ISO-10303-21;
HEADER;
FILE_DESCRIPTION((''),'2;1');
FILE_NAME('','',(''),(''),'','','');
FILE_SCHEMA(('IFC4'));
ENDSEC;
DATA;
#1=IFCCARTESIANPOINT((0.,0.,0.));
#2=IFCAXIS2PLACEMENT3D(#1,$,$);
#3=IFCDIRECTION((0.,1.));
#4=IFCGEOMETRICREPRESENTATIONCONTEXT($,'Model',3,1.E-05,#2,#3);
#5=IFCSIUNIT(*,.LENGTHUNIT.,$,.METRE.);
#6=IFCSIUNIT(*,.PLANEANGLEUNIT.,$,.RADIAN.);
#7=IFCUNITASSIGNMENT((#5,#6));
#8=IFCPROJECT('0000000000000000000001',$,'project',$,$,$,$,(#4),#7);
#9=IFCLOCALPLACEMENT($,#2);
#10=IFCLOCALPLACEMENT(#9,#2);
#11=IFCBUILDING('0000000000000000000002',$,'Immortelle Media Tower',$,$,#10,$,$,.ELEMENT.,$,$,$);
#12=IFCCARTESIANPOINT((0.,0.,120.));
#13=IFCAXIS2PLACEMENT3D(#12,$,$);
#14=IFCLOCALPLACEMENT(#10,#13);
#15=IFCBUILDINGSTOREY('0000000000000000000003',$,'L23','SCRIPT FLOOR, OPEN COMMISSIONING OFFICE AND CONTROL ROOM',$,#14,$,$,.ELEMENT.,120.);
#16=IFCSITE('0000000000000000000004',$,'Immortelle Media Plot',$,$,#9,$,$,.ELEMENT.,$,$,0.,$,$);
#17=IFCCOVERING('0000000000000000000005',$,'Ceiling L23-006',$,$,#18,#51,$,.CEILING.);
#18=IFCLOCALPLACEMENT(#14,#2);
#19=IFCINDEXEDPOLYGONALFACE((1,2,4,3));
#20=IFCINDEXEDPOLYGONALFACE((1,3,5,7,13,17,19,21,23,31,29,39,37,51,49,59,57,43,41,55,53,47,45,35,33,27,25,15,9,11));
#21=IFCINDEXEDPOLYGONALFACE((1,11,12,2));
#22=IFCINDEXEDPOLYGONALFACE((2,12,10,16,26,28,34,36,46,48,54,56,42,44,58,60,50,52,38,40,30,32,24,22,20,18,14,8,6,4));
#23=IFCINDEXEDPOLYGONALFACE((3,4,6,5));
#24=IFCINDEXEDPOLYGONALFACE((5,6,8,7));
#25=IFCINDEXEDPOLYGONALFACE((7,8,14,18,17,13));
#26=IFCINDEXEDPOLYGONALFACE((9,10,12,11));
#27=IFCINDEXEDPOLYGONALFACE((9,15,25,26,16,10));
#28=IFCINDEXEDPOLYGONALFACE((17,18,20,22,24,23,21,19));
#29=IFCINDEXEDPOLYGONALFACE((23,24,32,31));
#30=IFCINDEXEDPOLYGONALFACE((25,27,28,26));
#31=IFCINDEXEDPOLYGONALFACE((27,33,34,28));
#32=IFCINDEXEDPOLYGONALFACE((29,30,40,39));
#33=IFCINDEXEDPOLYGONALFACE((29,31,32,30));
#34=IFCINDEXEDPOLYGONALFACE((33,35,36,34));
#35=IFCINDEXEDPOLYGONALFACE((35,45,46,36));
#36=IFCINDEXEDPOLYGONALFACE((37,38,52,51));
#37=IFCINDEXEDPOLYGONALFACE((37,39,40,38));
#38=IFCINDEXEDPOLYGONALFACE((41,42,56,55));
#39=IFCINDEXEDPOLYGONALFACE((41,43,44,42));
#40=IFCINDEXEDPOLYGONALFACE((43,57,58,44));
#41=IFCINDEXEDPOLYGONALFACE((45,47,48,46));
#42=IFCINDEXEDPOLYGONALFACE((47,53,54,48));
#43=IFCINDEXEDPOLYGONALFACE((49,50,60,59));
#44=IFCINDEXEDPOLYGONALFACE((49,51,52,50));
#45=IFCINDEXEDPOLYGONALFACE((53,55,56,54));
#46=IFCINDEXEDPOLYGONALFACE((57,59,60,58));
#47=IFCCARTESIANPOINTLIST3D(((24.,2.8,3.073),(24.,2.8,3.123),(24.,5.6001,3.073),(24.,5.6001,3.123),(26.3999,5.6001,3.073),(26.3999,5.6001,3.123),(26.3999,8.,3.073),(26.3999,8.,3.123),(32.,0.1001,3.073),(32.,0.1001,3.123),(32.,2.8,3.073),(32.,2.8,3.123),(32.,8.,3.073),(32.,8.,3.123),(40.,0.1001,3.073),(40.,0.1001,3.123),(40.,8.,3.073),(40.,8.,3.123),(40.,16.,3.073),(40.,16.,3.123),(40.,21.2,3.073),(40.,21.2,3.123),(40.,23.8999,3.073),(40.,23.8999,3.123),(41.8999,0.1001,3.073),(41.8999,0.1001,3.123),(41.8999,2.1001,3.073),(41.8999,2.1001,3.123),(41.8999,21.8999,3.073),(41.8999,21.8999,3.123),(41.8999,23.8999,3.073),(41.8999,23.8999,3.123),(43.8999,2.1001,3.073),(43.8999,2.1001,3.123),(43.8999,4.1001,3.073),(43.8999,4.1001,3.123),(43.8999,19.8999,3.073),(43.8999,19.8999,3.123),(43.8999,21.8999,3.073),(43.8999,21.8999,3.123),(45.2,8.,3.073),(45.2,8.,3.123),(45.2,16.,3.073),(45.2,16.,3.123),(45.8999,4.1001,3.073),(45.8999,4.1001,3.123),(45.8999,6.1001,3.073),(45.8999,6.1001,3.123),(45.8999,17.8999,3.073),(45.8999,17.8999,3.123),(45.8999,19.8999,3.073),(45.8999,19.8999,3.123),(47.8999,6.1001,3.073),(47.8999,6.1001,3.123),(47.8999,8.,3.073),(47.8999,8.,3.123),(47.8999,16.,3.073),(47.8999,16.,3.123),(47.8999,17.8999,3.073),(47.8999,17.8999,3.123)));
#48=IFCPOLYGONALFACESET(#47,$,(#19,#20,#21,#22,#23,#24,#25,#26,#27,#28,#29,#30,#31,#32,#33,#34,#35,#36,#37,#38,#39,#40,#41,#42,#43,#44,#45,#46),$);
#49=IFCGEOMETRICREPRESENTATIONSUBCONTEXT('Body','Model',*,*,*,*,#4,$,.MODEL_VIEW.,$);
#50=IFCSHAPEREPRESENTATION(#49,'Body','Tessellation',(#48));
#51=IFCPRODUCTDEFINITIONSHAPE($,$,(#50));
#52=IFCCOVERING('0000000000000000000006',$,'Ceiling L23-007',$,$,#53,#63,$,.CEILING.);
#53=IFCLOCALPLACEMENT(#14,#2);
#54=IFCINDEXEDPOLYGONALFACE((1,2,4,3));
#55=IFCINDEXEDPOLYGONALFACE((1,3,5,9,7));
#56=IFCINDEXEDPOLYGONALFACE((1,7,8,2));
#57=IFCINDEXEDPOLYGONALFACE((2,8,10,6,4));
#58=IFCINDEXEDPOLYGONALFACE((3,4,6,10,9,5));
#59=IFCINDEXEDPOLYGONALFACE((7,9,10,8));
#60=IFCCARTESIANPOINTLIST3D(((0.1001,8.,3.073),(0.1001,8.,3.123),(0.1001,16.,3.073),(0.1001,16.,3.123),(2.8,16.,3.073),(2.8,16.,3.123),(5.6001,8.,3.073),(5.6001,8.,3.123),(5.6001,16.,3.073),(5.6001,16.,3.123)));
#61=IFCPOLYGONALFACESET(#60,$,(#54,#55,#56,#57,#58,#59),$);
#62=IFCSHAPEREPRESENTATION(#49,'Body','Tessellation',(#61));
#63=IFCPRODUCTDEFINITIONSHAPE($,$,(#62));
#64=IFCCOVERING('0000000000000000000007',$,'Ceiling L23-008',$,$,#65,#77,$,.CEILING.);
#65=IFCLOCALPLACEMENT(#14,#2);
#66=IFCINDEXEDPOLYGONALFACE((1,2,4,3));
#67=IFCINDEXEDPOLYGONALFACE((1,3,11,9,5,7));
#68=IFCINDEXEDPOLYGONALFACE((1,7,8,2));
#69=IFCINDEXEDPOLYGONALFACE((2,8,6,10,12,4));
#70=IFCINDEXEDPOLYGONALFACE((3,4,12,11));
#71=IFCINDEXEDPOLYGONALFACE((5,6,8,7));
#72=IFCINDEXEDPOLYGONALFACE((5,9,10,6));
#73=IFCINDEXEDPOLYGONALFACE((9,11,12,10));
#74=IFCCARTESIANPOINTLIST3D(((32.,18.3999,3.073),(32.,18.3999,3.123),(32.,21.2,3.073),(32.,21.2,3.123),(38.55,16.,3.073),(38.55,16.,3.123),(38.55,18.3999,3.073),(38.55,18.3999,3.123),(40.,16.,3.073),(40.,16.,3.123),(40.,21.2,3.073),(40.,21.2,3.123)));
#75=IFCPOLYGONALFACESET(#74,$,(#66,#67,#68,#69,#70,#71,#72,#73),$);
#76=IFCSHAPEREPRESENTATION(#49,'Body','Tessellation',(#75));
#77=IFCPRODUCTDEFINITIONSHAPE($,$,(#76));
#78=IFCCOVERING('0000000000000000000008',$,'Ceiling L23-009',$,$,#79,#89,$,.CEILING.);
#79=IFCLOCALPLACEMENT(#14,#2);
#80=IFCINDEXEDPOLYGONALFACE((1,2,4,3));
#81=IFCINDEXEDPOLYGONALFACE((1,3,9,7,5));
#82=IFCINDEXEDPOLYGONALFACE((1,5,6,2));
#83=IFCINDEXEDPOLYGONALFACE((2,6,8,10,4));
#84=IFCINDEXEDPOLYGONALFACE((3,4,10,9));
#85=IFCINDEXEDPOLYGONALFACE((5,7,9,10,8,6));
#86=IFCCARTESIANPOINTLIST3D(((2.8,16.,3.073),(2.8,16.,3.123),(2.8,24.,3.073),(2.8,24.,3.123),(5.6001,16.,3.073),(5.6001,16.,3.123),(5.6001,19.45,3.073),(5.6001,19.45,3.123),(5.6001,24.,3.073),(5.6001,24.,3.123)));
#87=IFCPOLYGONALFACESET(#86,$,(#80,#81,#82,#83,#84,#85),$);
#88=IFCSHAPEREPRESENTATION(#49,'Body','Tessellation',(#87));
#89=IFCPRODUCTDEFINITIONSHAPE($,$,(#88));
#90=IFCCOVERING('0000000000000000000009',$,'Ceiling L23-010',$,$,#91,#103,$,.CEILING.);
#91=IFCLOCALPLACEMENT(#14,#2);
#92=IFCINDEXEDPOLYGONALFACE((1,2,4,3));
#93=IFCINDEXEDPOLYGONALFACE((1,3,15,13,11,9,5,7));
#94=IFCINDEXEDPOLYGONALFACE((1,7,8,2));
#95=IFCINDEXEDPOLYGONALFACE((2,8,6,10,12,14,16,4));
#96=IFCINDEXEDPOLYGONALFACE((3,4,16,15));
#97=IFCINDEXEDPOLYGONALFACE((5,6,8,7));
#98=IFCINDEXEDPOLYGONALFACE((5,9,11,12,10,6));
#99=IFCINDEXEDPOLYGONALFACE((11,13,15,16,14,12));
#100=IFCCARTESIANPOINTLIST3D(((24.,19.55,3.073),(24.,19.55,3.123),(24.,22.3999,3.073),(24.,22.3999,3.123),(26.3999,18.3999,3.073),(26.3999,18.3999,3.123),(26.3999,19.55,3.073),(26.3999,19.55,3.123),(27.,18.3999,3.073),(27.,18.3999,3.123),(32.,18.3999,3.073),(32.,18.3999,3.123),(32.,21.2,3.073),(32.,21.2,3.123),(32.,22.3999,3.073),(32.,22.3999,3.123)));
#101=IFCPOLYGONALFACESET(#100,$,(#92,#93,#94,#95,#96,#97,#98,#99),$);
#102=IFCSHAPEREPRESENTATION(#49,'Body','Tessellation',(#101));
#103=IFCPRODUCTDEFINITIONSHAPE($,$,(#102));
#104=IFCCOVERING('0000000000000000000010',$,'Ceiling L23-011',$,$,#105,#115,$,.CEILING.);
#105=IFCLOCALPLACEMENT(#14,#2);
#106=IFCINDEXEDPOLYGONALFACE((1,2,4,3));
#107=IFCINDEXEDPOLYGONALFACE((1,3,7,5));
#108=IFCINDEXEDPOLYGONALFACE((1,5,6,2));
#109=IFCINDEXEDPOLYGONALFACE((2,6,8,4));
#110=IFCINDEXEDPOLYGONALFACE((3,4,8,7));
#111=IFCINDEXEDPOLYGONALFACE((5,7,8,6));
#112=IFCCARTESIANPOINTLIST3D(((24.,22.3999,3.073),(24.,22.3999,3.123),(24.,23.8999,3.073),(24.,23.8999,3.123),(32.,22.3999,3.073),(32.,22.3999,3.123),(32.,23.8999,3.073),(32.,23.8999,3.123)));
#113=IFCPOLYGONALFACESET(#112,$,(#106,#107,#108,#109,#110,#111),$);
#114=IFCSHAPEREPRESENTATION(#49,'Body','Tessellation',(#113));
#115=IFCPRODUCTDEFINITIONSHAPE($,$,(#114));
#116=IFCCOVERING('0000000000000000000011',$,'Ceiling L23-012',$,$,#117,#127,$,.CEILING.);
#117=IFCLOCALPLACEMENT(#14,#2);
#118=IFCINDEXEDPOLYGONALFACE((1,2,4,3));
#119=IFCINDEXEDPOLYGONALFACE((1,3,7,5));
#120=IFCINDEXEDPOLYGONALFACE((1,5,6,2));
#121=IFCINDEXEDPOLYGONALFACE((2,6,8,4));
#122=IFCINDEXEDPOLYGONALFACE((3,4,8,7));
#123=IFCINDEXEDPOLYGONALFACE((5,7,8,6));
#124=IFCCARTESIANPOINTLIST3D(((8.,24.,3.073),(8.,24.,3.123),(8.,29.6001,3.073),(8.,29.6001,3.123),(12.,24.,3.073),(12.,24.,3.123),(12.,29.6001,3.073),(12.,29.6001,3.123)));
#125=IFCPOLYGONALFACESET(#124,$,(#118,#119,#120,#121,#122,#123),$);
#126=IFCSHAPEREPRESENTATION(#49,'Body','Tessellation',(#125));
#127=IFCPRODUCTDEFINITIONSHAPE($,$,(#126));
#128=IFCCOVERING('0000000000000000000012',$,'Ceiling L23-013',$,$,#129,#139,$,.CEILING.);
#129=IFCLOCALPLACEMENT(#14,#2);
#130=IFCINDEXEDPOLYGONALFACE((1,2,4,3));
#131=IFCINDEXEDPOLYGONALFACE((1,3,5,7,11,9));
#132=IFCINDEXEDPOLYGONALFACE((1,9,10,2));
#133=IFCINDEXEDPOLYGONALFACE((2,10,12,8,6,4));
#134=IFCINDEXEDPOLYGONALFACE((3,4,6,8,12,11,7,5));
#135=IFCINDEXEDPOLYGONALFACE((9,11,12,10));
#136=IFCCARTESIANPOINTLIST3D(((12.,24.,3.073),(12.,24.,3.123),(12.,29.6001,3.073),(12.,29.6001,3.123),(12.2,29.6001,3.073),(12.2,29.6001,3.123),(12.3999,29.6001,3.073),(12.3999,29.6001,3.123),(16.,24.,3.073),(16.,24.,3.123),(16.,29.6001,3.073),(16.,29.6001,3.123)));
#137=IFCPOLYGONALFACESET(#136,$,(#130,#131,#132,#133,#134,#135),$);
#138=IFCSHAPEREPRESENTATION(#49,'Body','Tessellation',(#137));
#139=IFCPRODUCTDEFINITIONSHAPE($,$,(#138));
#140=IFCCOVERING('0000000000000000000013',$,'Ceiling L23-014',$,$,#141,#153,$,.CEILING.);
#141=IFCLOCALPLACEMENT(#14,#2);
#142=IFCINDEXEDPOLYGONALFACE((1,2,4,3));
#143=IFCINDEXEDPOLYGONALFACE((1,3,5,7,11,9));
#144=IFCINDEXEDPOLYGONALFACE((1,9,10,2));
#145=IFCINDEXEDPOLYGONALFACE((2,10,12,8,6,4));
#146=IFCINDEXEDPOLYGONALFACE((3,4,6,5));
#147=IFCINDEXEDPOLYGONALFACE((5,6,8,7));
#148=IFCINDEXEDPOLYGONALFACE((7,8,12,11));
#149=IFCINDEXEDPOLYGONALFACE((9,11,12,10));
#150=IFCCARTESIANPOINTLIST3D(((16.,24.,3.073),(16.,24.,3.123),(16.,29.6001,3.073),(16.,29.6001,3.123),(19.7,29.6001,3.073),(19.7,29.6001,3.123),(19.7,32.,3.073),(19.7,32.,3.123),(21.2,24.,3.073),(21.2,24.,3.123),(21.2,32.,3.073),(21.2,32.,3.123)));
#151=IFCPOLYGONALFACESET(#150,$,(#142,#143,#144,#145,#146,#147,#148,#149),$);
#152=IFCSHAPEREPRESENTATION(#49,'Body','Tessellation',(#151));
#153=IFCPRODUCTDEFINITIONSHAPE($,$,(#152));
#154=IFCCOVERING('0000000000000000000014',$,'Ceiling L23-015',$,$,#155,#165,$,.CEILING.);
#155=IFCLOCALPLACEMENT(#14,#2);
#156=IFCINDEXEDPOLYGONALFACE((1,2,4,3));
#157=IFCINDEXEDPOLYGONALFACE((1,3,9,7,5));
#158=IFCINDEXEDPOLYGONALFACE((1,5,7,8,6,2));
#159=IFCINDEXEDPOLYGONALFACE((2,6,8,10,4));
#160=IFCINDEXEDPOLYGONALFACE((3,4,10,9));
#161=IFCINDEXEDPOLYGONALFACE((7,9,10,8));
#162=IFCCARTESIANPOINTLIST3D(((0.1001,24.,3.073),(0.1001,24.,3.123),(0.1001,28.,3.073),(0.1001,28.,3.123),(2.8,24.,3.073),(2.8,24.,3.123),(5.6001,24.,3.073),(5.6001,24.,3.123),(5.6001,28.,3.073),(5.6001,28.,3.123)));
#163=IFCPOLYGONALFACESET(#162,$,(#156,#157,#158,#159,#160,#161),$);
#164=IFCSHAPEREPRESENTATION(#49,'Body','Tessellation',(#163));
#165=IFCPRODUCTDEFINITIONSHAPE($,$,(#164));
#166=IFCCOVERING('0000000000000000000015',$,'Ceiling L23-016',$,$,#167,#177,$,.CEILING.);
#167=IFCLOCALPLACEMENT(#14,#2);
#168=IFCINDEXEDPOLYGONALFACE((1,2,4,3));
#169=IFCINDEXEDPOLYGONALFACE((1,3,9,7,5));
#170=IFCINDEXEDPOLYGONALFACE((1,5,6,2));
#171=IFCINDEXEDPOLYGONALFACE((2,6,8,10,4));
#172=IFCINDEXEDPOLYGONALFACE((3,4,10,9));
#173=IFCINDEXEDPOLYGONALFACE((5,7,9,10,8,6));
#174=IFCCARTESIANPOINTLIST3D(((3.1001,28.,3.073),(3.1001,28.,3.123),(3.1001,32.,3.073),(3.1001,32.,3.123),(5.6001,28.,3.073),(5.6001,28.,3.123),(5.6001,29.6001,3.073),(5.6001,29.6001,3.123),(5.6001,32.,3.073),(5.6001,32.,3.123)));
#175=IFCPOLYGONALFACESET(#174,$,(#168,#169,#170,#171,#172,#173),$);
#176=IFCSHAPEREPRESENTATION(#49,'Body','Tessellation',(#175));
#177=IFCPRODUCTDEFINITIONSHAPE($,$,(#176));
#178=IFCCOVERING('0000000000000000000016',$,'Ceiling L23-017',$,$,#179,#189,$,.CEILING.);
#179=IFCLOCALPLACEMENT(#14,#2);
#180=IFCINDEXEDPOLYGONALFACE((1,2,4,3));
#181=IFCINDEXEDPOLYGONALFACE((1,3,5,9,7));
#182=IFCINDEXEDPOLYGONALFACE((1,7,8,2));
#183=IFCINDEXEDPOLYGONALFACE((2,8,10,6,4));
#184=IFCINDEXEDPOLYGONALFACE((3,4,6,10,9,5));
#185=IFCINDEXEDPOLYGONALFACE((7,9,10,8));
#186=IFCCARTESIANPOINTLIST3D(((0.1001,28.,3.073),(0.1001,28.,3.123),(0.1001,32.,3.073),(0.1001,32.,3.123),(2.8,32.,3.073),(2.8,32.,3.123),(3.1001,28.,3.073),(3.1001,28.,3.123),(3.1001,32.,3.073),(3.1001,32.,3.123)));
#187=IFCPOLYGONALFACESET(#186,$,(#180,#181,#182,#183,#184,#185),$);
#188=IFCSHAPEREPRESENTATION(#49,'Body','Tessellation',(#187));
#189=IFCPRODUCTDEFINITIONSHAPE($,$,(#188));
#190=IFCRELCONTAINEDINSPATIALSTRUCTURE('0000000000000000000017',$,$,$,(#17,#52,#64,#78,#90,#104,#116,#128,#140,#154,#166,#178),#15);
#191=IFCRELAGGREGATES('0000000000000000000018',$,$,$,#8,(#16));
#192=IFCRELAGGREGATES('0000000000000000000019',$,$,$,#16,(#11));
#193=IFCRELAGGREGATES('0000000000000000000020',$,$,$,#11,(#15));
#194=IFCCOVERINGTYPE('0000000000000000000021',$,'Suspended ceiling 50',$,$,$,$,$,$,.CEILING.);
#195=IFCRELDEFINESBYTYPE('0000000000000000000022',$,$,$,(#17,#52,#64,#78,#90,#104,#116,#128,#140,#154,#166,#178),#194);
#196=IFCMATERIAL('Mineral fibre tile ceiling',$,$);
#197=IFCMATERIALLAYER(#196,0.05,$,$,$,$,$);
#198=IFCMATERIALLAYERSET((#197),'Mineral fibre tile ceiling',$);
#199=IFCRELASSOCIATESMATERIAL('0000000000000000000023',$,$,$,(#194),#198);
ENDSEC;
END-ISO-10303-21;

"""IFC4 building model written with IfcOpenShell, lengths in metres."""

from ifc_helpers import new_model, si_unit, direction, frame, origin, place, context, subcontext, project, spatial, polyline, outline, extrude, material, layer, layer_set, type_object, element, save


model = new_model("IFC4")

# Units and contexts
model_context = context("Model", 3, precision=1e-05, world=origin(), true_north=direction((0.0, 1.0)))
body_context = subcontext(model_context, "Body", "Model", "MODEL_VIEW")
ifc_project = project(units=[si_unit("LENGTHUNIT", "METRE"), si_unit("PLANEANGLEUNIT", "RADIAN")], contexts=[model_context])

# Site, building, storey
site_placement = place(None, origin())
site = spatial("IfcSite", under=ifc_project, at=site_placement, Name="Immortelle Media Plot", CompositionType="ELEMENT", RefElevation=0.0)
building_placement = place(site_placement, origin())
building = spatial("IfcBuilding", under=site, at=building_placement, Name="Immortelle Media Tower", CompositionType="ELEMENT")
storey_placement = place(building_placement, frame((0.0, 0.0, 120.0)))
storey = spatial("IfcBuildingStorey", under=building, at=storey_placement, Name="L23", Description="SCRIPT FLOOR, OPEN COMMISSIONING OFFICE AND CONTROL ROOM", CompositionType="ELEMENT", Elevation=120.0)

# Coverings
ifc_material_1 = material(Name="Mineral fibre tile ceiling")
ifc_layer_1 = layer(ifc_material_1, 0.05)
ifc_layer_set_1 = layer_set([ifc_layer_1], Name="Mineral fibre tile ceiling")
covering_type = type_object("IfcCoveringType", Name="Suspended ceiling 50", PredefinedType="CEILING", material=ifc_layer_set_1)
covering_1_placement = place(storey_placement, frame((0.0, 0.0, 3.073)))
element("IfcCovering", 1, at=covering_1_placement, inside=storey, type_object=covering_type, Name="Ceiling L23-006", PredefinedType="CEILING", context=body_context, shape_type="SweptSolid", body=[
    extrude(outline(polyline([(26.3999, 5.6001), (26.3999, 8.0), (32.0, 8.0), (40.0, 8.0), (40.0, 16.0), (40.0, 21.2), (40.0, 23.8999), (41.8999, 23.8999), (41.8999, 21.8999), (43.8999, 21.8999), (43.8999, 19.8999), (45.8999, 19.8999), (45.8999, 17.8999), (47.8999, 17.8999), (47.8999, 16.0), (45.2, 16.0), (45.2, 8.0), (47.8999, 8.0), (47.8999, 6.1001), (45.8999, 6.1001), (45.8999, 4.1001), (43.8999, 4.1001), (43.8999, 2.1001), (41.8999, 2.1001), (41.8999, 0.1001), (40.0, 0.1001), (32.0, 0.1001), (32.0, 2.8), (24.0, 2.8), (24.0, 5.6001), (26.3999, 5.6001)])), origin(), (0.0, 0.0, 1.0), 0.05),
])
covering_2_placement = place(storey_placement, frame((0.0, 0.0, 3.073)))
element("IfcCovering", 2, at=covering_2_placement, inside=storey, type_object=covering_type, Name="Ceiling L23-007", PredefinedType="CEILING", context=body_context, shape_type="SweptSolid", body=[
    extrude(outline(polyline([(5.6001, 8.0), (0.1001, 8.0), (0.1001, 16.0), (2.8, 16.0), (5.6001, 16.0), (5.6001, 8.0)])), origin(), (0.0, 0.0, 1.0), 0.05),
])
covering_3_placement = place(storey_placement, frame((0.0, 0.0, 3.073)))
element("IfcCovering", 3, at=covering_3_placement, inside=storey, type_object=covering_type, Name="Ceiling L23-008", PredefinedType="CEILING", context=body_context, shape_type="SweptSolid", body=[
    extrude(outline(polyline([(38.55, 16.0), (38.55, 18.3999), (32.0, 18.3999), (32.0, 21.2), (40.0, 21.2), (40.0, 16.0), (38.55, 16.0)])), origin(), (0.0, 0.0, 1.0), 0.05),
])
covering_4_placement = place(storey_placement, frame((0.0, 0.0, 3.073)))
element("IfcCovering", 4, at=covering_4_placement, inside=storey, type_object=covering_type, Name="Ceiling L23-009", PredefinedType="CEILING", context=body_context, shape_type="SweptSolid", body=[
    extrude(outline(polyline([(5.6001, 19.45), (5.6001, 16.0), (2.8, 16.0), (2.8, 24.0), (5.6001, 24.0), (5.6001, 19.45)])), origin(), (0.0, 0.0, 1.0), 0.05),
])
covering_5_placement = place(storey_placement, frame((0.0, 0.0, 3.073)))
element("IfcCovering", 5, at=covering_5_placement, inside=storey, type_object=covering_type, Name="Ceiling L23-010", PredefinedType="CEILING", context=body_context, shape_type="SweptSolid", body=[
    extrude(outline(polyline([(26.3999, 18.3999), (26.3999, 19.55), (24.0, 19.55), (24.0, 22.3999), (32.0, 22.3999), (32.0, 21.2), (32.0, 18.3999), (27.0, 18.3999), (26.3999, 18.3999)])), origin(), (0.0, 0.0, 1.0), 0.05),
])
covering_6_placement = place(storey_placement, frame((0.0, 0.0, 3.073)))
element("IfcCovering", 6, at=covering_6_placement, inside=storey, type_object=covering_type, Name="Ceiling L23-011", PredefinedType="CEILING", context=body_context, shape_type="SweptSolid", body=[
    extrude(outline(polyline([(24.0, 23.8999), (32.0, 23.8999), (32.0, 22.3999), (24.0, 22.3999), (24.0, 23.8999)])), origin(), (0.0, 0.0, 1.0), 0.05),
])
covering_7_placement = place(storey_placement, frame((0.0, 0.0, 3.073)))
element("IfcCovering", 7, at=covering_7_placement, inside=storey, type_object=covering_type, Name="Ceiling L23-012", PredefinedType="CEILING", context=body_context, shape_type="SweptSolid", body=[
    extrude(outline(polyline([(12.0, 29.6001), (12.0, 24.0), (8.0, 24.0), (8.0, 29.6001), (12.0, 29.6001)])), origin(), (0.0, 0.0, 1.0), 0.05),
])
covering_8_placement = place(storey_placement, frame((0.0, 0.0, 3.073)))
element("IfcCovering", 8, at=covering_8_placement, inside=storey, type_object=covering_type, Name="Ceiling L23-013", PredefinedType="CEILING", context=body_context, shape_type="SweptSolid", body=[
    extrude(outline(polyline([(12.2, 29.6001), (12.3999, 29.6001), (16.0, 29.6001), (16.0, 24.0), (12.0, 24.0), (12.0, 29.6001), (12.2, 29.6001)])), origin(), (0.0, 0.0, 1.0), 0.05),
])
covering_9_placement = place(storey_placement, frame((0.0, 0.0, 3.073)))
element("IfcCovering", 9, at=covering_9_placement, inside=storey, type_object=covering_type, Name="Ceiling L23-014", PredefinedType="CEILING", context=body_context, shape_type="SweptSolid", body=[
    extrude(outline(polyline([(19.7, 29.6001), (19.7, 32.0), (21.2, 32.0), (21.2, 24.0), (16.0, 24.0), (16.0, 29.6001), (19.7, 29.6001)])), origin(), (0.0, 0.0, 1.0), 0.05),
])
covering_10_placement = place(storey_placement, frame((0.0, 0.0, 3.073)))
element("IfcCovering", 10, at=covering_10_placement, inside=storey, type_object=covering_type, Name="Ceiling L23-015", PredefinedType="CEILING", context=body_context, shape_type="SweptSolid", body=[
    extrude(outline(polyline([(5.6001, 24.0), (2.8, 24.0), (0.1001, 24.0), (0.1001, 28.0), (5.6001, 28.0), (5.6001, 24.0)])), origin(), (0.0, 0.0, 1.0), 0.05),
])
covering_11_placement = place(storey_placement, frame((0.0, 0.0, 3.073)))
element("IfcCovering", 11, at=covering_11_placement, inside=storey, type_object=covering_type, Name="Ceiling L23-016", PredefinedType="CEILING", context=body_context, shape_type="SweptSolid", body=[
    extrude(outline(polyline([(3.1001, 28.0), (3.1001, 32.0), (5.6001, 32.0), (5.6001, 29.6001), (5.6001, 28.0), (3.1001, 28.0)])), origin(), (0.0, 0.0, 1.0), 0.05),
])
covering_12_placement = place(storey_placement, frame((0.0, 0.0, 3.073)))
element("IfcCovering", 12, at=covering_12_placement, inside=storey, type_object=covering_type, Name="Ceiling L23-017", PredefinedType="CEILING", context=body_context, shape_type="SweptSolid", body=[
    extrude(outline(polyline([(0.1001, 28.0), (0.1001, 32.0), (2.8, 32.0), (3.1001, 32.0), (3.1001, 28.0), (0.1001, 28.0)])), origin(), (0.0, 0.0, 1.0), 0.05),
])

save(model, "model.ifc")
